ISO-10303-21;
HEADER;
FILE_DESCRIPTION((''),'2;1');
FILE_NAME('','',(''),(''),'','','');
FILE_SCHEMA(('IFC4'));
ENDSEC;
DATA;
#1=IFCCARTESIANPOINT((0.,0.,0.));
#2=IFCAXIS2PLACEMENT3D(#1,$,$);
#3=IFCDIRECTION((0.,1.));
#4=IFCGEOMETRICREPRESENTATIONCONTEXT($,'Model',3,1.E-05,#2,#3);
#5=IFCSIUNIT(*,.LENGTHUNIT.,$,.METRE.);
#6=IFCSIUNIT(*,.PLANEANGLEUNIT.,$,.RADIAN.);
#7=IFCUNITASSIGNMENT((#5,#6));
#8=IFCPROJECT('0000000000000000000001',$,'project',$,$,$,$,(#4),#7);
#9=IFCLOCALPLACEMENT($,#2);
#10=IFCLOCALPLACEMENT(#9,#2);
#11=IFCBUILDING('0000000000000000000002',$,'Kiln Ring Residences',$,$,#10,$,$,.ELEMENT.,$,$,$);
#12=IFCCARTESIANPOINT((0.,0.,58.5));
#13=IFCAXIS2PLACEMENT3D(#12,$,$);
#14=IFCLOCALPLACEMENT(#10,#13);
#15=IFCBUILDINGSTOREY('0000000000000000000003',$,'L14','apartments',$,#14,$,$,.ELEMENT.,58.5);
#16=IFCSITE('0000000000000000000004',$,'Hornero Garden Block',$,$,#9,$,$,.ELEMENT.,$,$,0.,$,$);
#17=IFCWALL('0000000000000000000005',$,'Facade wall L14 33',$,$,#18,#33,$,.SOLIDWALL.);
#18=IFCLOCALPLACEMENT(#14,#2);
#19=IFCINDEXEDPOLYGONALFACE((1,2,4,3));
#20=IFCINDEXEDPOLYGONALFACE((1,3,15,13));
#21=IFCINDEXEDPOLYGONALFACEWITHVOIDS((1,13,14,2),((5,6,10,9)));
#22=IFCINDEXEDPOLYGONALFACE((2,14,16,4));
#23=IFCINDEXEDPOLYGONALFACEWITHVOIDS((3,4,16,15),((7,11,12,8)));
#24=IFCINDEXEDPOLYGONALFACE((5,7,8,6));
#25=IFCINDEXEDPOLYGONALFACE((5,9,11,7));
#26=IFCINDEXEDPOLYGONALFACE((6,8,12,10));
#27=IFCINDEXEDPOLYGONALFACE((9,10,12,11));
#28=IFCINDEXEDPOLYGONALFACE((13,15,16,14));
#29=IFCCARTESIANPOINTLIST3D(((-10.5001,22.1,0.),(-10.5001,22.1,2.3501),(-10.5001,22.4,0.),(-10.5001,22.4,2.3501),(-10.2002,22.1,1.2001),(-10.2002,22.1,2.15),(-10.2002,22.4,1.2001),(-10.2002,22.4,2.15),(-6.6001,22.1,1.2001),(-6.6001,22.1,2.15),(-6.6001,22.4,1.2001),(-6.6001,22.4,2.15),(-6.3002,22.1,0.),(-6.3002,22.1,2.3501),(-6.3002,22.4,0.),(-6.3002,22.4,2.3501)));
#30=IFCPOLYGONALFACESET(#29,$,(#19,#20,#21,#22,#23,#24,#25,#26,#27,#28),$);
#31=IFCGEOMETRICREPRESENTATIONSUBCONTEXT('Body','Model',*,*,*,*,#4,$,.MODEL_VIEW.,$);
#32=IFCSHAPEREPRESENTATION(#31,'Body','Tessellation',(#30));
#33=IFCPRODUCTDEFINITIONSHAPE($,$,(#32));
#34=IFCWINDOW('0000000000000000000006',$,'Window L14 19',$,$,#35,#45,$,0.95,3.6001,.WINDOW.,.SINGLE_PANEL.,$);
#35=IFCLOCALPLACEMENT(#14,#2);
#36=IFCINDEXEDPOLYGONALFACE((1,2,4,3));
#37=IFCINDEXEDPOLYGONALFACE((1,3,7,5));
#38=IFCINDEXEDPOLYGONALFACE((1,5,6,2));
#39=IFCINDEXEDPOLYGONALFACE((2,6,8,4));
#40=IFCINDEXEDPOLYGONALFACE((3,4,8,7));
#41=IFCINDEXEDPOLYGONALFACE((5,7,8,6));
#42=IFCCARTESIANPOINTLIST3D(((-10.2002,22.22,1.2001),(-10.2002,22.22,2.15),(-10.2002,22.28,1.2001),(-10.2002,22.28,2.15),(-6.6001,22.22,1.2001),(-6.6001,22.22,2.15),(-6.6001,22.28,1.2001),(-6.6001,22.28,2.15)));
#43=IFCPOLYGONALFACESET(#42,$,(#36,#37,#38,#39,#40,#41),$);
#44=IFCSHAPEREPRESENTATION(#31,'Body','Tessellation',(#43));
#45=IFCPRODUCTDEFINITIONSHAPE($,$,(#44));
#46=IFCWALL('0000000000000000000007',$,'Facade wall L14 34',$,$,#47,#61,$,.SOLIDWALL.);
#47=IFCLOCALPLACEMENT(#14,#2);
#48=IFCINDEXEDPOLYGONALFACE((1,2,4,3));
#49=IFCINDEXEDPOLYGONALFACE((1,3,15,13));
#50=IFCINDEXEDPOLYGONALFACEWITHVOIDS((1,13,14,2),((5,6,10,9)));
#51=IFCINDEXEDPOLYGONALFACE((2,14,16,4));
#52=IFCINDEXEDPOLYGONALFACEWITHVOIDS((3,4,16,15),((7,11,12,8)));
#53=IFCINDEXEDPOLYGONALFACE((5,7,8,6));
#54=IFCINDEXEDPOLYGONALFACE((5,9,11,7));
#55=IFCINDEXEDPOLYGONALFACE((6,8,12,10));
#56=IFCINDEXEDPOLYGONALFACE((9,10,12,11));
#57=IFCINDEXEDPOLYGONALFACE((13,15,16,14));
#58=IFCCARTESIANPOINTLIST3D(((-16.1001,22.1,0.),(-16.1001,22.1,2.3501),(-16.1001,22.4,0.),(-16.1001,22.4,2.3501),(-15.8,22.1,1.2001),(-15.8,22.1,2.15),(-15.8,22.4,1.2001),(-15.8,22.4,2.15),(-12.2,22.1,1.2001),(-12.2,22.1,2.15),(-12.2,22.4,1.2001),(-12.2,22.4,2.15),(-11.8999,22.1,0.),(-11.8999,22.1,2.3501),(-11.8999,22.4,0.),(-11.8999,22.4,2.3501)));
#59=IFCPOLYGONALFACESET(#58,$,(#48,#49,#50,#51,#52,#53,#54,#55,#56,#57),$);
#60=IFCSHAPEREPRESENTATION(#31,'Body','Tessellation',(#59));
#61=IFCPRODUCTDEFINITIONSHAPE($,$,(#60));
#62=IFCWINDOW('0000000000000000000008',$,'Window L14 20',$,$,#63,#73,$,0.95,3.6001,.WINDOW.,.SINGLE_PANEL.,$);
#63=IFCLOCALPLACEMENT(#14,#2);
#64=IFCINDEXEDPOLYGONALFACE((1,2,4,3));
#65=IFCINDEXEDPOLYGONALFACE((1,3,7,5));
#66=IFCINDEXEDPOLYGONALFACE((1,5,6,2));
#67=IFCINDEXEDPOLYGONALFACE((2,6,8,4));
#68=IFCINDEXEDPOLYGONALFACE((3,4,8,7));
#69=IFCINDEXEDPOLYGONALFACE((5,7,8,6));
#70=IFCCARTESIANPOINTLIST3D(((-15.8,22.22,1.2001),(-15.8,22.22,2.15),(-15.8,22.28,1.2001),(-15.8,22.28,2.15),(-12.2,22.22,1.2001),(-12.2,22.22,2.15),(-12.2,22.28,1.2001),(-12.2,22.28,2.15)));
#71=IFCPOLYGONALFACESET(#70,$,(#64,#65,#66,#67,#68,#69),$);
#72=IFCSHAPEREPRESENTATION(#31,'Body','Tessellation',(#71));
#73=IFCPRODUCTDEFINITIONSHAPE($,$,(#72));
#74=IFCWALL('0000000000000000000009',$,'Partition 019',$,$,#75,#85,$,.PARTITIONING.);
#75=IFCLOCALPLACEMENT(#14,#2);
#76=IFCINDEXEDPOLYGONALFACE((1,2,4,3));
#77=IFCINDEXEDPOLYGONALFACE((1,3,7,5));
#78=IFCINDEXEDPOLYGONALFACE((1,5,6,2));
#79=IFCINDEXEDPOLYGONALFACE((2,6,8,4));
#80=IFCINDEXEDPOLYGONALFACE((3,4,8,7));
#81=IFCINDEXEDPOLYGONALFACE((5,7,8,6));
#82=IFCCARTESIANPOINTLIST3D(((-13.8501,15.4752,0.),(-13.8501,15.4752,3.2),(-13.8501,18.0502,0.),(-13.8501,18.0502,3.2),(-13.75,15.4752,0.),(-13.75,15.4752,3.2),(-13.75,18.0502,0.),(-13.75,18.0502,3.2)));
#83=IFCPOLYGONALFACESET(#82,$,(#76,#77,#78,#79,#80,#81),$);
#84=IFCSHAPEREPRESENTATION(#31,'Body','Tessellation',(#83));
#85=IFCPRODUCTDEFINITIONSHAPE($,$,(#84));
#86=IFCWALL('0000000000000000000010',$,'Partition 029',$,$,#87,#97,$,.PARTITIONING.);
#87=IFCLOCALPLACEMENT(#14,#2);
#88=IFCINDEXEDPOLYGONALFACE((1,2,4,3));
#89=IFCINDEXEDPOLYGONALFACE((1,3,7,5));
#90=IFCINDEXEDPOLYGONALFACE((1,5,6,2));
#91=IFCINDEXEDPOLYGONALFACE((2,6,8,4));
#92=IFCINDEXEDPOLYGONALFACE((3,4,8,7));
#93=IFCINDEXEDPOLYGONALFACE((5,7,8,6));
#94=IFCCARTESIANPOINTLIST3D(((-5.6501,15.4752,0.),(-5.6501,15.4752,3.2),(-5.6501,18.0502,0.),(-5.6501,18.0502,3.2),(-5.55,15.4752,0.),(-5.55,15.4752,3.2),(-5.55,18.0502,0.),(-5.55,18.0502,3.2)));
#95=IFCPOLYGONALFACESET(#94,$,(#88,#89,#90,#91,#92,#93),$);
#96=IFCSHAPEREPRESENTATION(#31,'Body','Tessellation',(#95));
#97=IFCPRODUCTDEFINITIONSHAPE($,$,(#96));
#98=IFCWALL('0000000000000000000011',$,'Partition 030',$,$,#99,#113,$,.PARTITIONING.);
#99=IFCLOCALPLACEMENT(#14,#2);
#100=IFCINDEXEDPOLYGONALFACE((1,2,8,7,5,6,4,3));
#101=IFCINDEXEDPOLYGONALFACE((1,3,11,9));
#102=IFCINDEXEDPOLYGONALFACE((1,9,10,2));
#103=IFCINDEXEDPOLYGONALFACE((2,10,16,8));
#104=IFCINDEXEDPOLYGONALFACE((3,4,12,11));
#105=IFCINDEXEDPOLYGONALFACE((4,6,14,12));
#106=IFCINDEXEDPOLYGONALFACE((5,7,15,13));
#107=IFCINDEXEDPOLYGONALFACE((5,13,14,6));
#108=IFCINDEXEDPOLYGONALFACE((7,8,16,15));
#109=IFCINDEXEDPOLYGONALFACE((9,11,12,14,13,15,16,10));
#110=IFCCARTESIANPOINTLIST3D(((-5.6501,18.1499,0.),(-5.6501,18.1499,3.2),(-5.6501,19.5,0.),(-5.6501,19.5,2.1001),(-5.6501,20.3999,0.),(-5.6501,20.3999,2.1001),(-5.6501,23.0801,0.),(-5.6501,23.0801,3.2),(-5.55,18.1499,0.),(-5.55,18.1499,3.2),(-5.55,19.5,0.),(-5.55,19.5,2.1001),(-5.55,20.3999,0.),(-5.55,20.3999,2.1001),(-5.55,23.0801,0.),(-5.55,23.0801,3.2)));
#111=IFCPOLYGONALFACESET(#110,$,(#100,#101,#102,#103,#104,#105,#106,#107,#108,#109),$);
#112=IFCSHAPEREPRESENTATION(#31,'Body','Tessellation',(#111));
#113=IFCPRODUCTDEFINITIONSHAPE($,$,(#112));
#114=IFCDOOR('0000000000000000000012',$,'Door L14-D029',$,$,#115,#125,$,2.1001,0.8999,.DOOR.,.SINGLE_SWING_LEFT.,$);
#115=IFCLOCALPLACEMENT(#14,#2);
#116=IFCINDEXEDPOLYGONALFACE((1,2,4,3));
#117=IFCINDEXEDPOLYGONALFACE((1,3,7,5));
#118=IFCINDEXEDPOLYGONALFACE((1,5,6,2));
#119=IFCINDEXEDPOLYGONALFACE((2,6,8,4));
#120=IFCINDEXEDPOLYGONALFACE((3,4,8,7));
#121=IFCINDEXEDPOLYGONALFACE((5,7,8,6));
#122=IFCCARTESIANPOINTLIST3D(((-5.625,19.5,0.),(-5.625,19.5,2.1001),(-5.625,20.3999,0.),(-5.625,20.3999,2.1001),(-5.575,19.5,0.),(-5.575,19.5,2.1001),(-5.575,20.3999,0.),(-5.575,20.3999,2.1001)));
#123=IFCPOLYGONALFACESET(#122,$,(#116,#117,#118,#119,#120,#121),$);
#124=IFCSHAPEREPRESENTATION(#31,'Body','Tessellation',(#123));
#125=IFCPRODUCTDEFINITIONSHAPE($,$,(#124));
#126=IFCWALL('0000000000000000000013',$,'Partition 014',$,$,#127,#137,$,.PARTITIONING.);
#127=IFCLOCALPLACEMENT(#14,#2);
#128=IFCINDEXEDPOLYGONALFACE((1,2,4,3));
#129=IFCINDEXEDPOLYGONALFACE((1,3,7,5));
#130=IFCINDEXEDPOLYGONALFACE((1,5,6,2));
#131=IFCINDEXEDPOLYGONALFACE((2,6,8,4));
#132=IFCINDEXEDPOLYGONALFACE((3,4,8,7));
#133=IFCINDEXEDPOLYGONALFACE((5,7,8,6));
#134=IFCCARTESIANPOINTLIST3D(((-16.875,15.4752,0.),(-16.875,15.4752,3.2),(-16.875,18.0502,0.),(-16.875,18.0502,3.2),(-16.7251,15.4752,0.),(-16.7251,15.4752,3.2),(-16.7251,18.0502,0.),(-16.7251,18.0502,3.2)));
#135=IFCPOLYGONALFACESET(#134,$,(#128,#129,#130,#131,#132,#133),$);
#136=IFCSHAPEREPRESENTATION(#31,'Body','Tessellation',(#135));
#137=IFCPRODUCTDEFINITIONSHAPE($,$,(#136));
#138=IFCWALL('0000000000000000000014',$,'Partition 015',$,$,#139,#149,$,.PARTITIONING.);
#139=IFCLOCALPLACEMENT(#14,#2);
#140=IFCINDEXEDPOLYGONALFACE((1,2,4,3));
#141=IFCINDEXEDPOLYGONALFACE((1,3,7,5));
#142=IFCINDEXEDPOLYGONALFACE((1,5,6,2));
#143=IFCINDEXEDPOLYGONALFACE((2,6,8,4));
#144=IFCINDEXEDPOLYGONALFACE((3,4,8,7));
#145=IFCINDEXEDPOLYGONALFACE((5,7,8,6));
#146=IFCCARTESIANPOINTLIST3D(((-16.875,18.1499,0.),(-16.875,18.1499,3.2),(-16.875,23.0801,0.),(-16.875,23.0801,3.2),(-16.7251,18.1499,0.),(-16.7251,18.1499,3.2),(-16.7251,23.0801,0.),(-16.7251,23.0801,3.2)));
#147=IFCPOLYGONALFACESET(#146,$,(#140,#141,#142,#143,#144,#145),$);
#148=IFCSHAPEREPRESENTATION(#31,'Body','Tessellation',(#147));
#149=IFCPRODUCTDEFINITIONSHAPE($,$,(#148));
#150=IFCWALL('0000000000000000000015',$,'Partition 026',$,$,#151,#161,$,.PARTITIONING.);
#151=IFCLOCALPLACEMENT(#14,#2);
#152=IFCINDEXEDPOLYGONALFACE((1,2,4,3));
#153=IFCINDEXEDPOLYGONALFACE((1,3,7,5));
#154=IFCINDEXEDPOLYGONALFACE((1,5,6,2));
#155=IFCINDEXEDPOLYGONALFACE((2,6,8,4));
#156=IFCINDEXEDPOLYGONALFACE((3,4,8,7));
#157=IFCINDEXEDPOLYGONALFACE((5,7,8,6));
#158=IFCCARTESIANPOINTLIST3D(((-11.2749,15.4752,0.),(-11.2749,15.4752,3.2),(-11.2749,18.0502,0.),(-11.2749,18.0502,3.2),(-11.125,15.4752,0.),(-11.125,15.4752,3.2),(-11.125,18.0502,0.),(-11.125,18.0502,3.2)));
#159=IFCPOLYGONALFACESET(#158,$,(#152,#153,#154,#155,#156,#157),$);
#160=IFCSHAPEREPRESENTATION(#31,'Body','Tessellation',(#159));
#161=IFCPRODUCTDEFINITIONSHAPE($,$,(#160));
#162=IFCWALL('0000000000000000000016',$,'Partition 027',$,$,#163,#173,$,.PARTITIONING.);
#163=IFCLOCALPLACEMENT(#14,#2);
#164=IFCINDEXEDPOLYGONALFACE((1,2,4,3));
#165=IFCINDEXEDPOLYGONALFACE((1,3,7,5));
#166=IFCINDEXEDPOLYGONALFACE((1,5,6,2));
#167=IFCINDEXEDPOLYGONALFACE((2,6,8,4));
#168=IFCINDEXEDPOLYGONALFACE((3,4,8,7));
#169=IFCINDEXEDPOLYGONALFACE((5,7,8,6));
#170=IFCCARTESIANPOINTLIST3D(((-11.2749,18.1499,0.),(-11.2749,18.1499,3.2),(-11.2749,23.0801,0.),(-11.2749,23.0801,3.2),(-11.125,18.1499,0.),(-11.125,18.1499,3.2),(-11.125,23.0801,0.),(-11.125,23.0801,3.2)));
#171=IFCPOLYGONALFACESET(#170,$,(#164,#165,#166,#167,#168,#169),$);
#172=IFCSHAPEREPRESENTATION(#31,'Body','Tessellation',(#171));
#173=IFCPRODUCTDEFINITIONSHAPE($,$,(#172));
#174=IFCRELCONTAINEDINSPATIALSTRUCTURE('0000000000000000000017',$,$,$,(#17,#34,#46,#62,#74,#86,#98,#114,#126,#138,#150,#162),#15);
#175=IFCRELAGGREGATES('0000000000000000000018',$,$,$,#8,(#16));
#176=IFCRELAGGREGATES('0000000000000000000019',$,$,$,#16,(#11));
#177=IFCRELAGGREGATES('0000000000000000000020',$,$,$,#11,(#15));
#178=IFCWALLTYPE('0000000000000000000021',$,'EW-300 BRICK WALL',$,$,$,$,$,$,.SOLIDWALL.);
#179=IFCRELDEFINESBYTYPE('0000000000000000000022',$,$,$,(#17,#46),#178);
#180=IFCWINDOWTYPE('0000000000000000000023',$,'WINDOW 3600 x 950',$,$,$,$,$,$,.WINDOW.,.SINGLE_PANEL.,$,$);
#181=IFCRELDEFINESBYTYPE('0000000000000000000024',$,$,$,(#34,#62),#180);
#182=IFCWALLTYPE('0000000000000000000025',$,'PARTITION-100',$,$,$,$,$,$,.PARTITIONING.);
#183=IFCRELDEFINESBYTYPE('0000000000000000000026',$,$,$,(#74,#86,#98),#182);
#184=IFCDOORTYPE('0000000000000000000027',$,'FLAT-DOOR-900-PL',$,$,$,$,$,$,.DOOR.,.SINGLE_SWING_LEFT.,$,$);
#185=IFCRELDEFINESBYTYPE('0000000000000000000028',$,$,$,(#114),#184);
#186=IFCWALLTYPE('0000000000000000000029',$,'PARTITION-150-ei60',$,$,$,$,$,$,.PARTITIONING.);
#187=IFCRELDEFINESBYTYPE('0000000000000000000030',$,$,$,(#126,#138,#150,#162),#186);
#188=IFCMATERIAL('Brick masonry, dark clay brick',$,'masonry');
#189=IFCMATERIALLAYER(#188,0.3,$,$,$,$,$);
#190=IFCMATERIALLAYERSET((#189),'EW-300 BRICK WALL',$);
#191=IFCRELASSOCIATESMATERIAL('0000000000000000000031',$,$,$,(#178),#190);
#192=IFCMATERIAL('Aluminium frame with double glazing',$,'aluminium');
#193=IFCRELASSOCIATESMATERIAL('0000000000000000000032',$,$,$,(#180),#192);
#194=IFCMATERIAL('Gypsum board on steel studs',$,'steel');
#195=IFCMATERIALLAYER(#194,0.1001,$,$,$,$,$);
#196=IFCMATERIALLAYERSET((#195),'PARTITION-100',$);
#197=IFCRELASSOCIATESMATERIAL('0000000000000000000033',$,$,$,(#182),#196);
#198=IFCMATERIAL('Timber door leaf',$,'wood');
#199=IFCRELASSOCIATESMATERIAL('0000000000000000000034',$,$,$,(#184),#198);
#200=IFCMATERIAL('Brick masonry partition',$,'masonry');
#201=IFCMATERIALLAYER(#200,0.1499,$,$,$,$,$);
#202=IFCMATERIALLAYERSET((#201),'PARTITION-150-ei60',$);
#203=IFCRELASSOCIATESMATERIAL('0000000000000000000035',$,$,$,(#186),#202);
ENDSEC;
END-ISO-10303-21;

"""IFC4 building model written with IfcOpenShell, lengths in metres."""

from ifc_helpers import new_model, si_unit, direction, frame, frame_2d, origin, place, context, subcontext, project, spatial, rectangle, extrude, material, layer, layer_set, type_object, element, fill, save


model = new_model("IFC4")

# Units and contexts
model_context = context("Model", 3, precision=1e-05, world=origin(), true_north=direction((0.0, 1.0)))
body_context = subcontext(model_context, "Body", "Model", "MODEL_VIEW")
ifc_project = project(units=[si_unit("LENGTHUNIT", "METRE"), si_unit("PLANEANGLEUNIT", "RADIAN")], contexts=[model_context])

# Site, building, storey
site_placement = place(None, origin())
site = spatial("IfcSite", under=ifc_project, at=site_placement, Name="Hornero Garden Block", CompositionType="ELEMENT", RefElevation=0.0)
building_placement = place(site_placement, origin())
building = spatial("IfcBuilding", under=site, at=building_placement, Name="Kiln Ring Residences", CompositionType="ELEMENT")
storey_placement = place(building_placement, frame((0.0, 0.0, 58.5)))
storey = spatial("IfcBuildingStorey", under=building, at=storey_placement, Name="L14", Description="apartments", CompositionType="ELEMENT", Elevation=58.5)

# Walls, openings, windows
ifc_material_1 = material(Name="Brick masonry, dark clay brick", Category="masonry")
ifc_layer_1 = layer(ifc_material_1, 0.3)
ifc_layer_set_1 = layer_set([ifc_layer_1], Name="EW-300 BRICK WALL")
wall_type_1 = type_object("IfcWallType", Name="EW-300 BRICK WALL", PredefinedType="SOLIDWALL", material=ifc_layer_set_1)
ifc_material_2 = material(Name="Aluminium frame with double glazing", Category="aluminium")
window_type = type_object("IfcWindowType", Name="WINDOW 3600 x 950", PartitioningType="SINGLE_PANEL", PredefinedType="WINDOW", material=ifc_material_2)
wall_1_placement = place(storey_placement, frame((-6.3, 22.25, 0.0), z_axis=(0.0, 0.0, 1.0), x_axis=(-1.0, 0.0, 0.0)))
wall_1 = element("IfcWall", 1, at=wall_1_placement, inside=storey, type_object=wall_type_1, Name="Facade wall L14 33", PredefinedType="SOLIDWALL", context=body_context, shape_type="SweptSolid", body=[
    extrude(rectangle(XDim=4.2, YDim=0.3, at=frame_2d((2.1001, 0.0))), origin(), (0.0, 0.0, 1.0), 2.3501),
])
opening_1_placement = place(wall_1_placement, frame((0.3, 0.0, 1.2)))
opening_1 = element("IfcOpeningElement", 2, at=opening_1_placement, cuts=wall_1, PredefinedType="OPENING", context=body_context, shape_type="SweptSolid", body=[
    extrude(rectangle(XDim=3.6001, YDim=0.95, at=frame_2d((1.8, 0.4751))), frame((0.0, 0.1599, 0.0), z_axis=(0.0, -1.0, 0.0), x_axis=(1.0, 0.0, 0.0)), (0.0, 0.0, 1.0), 0.3201),
])
window_1_placement = place(opening_1_placement, origin())
window_1 = element("IfcWindow", 3, at=window_1_placement, inside=storey, type_object=window_type, Name="Window L14 19", OverallHeight=0.95, OverallWidth=3.6001, PartitioningType="SINGLE_PANEL", PredefinedType="WINDOW", context=body_context, shape_type="SweptSolid", body=[
    extrude(rectangle(XDim=3.6001, YDim=0.95, at=frame_2d((1.8, 0.4751))), frame((0.0, 0.03, 0.0), z_axis=(0.0, -1.0, 0.0), x_axis=(1.0, 0.0, 0.0)), (0.0, 0.0, 1.0), 0.0601),
])
fill(opening_1, window_1)
wall_2_placement = place(storey_placement, frame((-11.8999, 22.25, 0.0), z_axis=(0.0, 0.0, 1.0), x_axis=(-1.0, 0.0, 0.0)))
wall_2 = element("IfcWall", 4, at=wall_2_placement, inside=storey, type_object=wall_type_1, Name="Facade wall L14 34", PredefinedType="SOLIDWALL", context=body_context, shape_type="SweptSolid", body=[
    extrude(rectangle(XDim=4.2002, YDim=0.3, at=frame_2d((2.1001, 0.0))), origin(), (0.0, 0.0, 1.0), 2.3501),
])
opening_2_placement = place(wall_2_placement, frame((0.3, 0.0, 1.2)))
opening_2 = element("IfcOpeningElement", 5, at=opening_2_placement, cuts=wall_2, PredefinedType="OPENING", context=body_context, shape_type="SweptSolid", body=[
    extrude(rectangle(XDim=3.6001, YDim=0.95, at=frame_2d((1.8, 0.4751))), frame((0.0, 0.1599, 0.0), z_axis=(0.0, -1.0, 0.0), x_axis=(1.0, 0.0, 0.0)), (0.0, 0.0, 1.0), 0.3201),
])
window_2_placement = place(opening_2_placement, origin())
window_2 = element("IfcWindow", 6, at=window_2_placement, inside=storey, type_object=window_type, Name="Window L14 20", OverallHeight=0.95, OverallWidth=3.6001, PartitioningType="SINGLE_PANEL", PredefinedType="WINDOW", context=body_context, shape_type="SweptSolid", body=[
    extrude(rectangle(XDim=3.6001, YDim=0.95, at=frame_2d((1.8, 0.4751))), frame((0.0, 0.03, 0.0), z_axis=(0.0, -1.0, 0.0), x_axis=(1.0, 0.0, 0.0)), (0.0, 0.0, 1.0), 0.0601),
])
fill(opening_2, window_2)

# Walls
ifc_material_3 = material(Name="Gypsum board on steel studs", Category="steel")
ifc_layer_2 = layer(ifc_material_3, 0.1001)
ifc_layer_set_2 = layer_set([ifc_layer_2], Name="PARTITION-100")
wall_type_2 = type_object("IfcWallType", Name="PARTITION-100", PredefinedType="PARTITIONING", material=ifc_layer_set_2)
for number, where, z_axis, x_axis, name in (
    (7, (-13.8, 15.4751, 0.0), (0.0, 0.0, 1.0), (0.0, 1.0, 0.0), "Partition 019"),
    (8, (-5.6001, 15.4751, 0.0), (0.0, 0.0, 1.0), (0.0, 1.0, 0.0), "Partition 029"),
):
    element("IfcWall", number, at=place(storey_placement, frame(where, z_axis=z_axis, x_axis=x_axis)), inside=storey, type_object=wall_type_2, Name=name, PredefinedType="PARTITIONING", context=body_context, shape_type="SweptSolid", body=[
        extrude(rectangle(XDim=2.575, YDim=0.1001, at=frame_2d((1.2876, 0.0))), origin(), (0.0, 0.0, 1.0), 3.2),
    ])

# Wall, opening, door
wall_3_placement = place(storey_placement, frame((-5.6001, 18.1499, 0.0), z_axis=(0.0, 0.0, 1.0), x_axis=(0.0, 1.0, 0.0)))
wall_3 = element("IfcWall", 9, at=wall_3_placement, inside=storey, type_object=wall_type_2, Name="Partition 030", PredefinedType="PARTITIONING", context=body_context, shape_type="SweptSolid", body=[
    extrude(rectangle(XDim=4.9302, YDim=0.1001, at=frame_2d((2.4651, 0.0))), origin(), (0.0, 0.0, 1.0), 3.2),
])
opening_3_placement = place(wall_3_placement, frame((1.3501, 0.0, 0.0)))
opening_3 = element("IfcOpeningElement", 10, at=opening_3_placement, cuts=wall_3, PredefinedType="OPENING", context=body_context, shape_type="SweptSolid", body=[
    extrude(rectangle(XDim=0.8999, YDim=2.1001, at=frame_2d((0.45, 1.05))), frame((0.0, 0.0601, 0.0), z_axis=(0.0, -1.0, 0.0), x_axis=(1.0, 0.0, 0.0)), (0.0, 0.0, 1.0), 0.1201),
])
ifc_material_4 = material(Name="Timber door leaf", Category="wood")
door_type = type_object("IfcDoorType", Name="FLAT-DOOR-900-PL", OperationType="SINGLE_SWING_LEFT", PredefinedType="DOOR", material=ifc_material_4)
door_placement = place(opening_3_placement, origin())
door = element("IfcDoor", 11, at=door_placement, inside=storey, type_object=door_type, Name="Door L14-D029", OperationType="SINGLE_SWING_LEFT", OverallHeight=2.1001, OverallWidth=0.8999, PredefinedType="DOOR", context=body_context, shape_type="SweptSolid", body=[
    extrude(rectangle(XDim=0.8999, YDim=2.1001, at=frame_2d((0.45, 1.05))), frame((0.0, 0.0249, 0.0), z_axis=(0.0, -1.0, 0.0), x_axis=(1.0, 0.0, 0.0)), (0.0, 0.0, 1.0), 0.05),
])
fill(opening_3, door)

# Walls
ifc_material_5 = material(Name="Brick masonry partition", Category="masonry")
ifc_layer_3 = layer(ifc_material_5, 0.1499)
ifc_layer_set_3 = layer_set([ifc_layer_3], Name="PARTITION-150-ei60")
wall_type_3 = type_object("IfcWallType", Name="PARTITION-150-ei60", PredefinedType="PARTITIONING", material=ifc_layer_set_3)
wall_4_placement = place(storey_placement, frame((-16.8, 15.4751, 0.0), z_axis=(0.0, 0.0, 1.0), x_axis=(0.0, 1.0, 0.0)))
element("IfcWall", 12, at=wall_4_placement, inside=storey, type_object=wall_type_3, Name="Partition 014", PredefinedType="PARTITIONING", context=body_context, shape_type="SweptSolid", body=[
    extrude(rectangle(XDim=2.575, YDim=0.1499, at=frame_2d((1.2876, 0.0))), origin(), (0.0, 0.0, 1.0), 3.2),
])
wall_5_placement = place(storey_placement, frame((-16.8, 18.1499, 0.0), z_axis=(0.0, 0.0, 1.0), x_axis=(0.0, 1.0, 0.0)))
element("IfcWall", 13, at=wall_5_placement, inside=storey, type_object=wall_type_3, Name="Partition 015", PredefinedType="PARTITIONING", context=body_context, shape_type="SweptSolid", body=[
    extrude(rectangle(XDim=4.9302, YDim=0.1499, at=frame_2d((2.4651, 0.0))), origin(), (0.0, 0.0, 1.0), 3.2),
])
wall_6_placement = place(storey_placement, frame((-11.2, 15.4751, 0.0), z_axis=(0.0, 0.0, 1.0), x_axis=(0.0, 1.0, 0.0)))
element("IfcWall", 14, at=wall_6_placement, inside=storey, type_object=wall_type_3, Name="Partition 026", PredefinedType="PARTITIONING", context=body_context, shape_type="SweptSolid", body=[
    extrude(rectangle(XDim=2.575, YDim=0.1499, at=frame_2d((1.2876, 0.0))), origin(), (0.0, 0.0, 1.0), 3.2),
])
wall_7_placement = place(storey_placement, frame((-11.2, 18.1499, 0.0), z_axis=(0.0, 0.0, 1.0), x_axis=(0.0, 1.0, 0.0)))
element("IfcWall", 15, at=wall_7_placement, inside=storey, type_object=wall_type_3, Name="Partition 027", PredefinedType="PARTITIONING", context=body_context, shape_type="SweptSolid", body=[
    extrude(rectangle(XDim=4.9302, YDim=0.1499, at=frame_2d((2.4651, 0.0))), origin(), (0.0, 0.0, 1.0), 3.2),
])

save(model, "model.ifc")
